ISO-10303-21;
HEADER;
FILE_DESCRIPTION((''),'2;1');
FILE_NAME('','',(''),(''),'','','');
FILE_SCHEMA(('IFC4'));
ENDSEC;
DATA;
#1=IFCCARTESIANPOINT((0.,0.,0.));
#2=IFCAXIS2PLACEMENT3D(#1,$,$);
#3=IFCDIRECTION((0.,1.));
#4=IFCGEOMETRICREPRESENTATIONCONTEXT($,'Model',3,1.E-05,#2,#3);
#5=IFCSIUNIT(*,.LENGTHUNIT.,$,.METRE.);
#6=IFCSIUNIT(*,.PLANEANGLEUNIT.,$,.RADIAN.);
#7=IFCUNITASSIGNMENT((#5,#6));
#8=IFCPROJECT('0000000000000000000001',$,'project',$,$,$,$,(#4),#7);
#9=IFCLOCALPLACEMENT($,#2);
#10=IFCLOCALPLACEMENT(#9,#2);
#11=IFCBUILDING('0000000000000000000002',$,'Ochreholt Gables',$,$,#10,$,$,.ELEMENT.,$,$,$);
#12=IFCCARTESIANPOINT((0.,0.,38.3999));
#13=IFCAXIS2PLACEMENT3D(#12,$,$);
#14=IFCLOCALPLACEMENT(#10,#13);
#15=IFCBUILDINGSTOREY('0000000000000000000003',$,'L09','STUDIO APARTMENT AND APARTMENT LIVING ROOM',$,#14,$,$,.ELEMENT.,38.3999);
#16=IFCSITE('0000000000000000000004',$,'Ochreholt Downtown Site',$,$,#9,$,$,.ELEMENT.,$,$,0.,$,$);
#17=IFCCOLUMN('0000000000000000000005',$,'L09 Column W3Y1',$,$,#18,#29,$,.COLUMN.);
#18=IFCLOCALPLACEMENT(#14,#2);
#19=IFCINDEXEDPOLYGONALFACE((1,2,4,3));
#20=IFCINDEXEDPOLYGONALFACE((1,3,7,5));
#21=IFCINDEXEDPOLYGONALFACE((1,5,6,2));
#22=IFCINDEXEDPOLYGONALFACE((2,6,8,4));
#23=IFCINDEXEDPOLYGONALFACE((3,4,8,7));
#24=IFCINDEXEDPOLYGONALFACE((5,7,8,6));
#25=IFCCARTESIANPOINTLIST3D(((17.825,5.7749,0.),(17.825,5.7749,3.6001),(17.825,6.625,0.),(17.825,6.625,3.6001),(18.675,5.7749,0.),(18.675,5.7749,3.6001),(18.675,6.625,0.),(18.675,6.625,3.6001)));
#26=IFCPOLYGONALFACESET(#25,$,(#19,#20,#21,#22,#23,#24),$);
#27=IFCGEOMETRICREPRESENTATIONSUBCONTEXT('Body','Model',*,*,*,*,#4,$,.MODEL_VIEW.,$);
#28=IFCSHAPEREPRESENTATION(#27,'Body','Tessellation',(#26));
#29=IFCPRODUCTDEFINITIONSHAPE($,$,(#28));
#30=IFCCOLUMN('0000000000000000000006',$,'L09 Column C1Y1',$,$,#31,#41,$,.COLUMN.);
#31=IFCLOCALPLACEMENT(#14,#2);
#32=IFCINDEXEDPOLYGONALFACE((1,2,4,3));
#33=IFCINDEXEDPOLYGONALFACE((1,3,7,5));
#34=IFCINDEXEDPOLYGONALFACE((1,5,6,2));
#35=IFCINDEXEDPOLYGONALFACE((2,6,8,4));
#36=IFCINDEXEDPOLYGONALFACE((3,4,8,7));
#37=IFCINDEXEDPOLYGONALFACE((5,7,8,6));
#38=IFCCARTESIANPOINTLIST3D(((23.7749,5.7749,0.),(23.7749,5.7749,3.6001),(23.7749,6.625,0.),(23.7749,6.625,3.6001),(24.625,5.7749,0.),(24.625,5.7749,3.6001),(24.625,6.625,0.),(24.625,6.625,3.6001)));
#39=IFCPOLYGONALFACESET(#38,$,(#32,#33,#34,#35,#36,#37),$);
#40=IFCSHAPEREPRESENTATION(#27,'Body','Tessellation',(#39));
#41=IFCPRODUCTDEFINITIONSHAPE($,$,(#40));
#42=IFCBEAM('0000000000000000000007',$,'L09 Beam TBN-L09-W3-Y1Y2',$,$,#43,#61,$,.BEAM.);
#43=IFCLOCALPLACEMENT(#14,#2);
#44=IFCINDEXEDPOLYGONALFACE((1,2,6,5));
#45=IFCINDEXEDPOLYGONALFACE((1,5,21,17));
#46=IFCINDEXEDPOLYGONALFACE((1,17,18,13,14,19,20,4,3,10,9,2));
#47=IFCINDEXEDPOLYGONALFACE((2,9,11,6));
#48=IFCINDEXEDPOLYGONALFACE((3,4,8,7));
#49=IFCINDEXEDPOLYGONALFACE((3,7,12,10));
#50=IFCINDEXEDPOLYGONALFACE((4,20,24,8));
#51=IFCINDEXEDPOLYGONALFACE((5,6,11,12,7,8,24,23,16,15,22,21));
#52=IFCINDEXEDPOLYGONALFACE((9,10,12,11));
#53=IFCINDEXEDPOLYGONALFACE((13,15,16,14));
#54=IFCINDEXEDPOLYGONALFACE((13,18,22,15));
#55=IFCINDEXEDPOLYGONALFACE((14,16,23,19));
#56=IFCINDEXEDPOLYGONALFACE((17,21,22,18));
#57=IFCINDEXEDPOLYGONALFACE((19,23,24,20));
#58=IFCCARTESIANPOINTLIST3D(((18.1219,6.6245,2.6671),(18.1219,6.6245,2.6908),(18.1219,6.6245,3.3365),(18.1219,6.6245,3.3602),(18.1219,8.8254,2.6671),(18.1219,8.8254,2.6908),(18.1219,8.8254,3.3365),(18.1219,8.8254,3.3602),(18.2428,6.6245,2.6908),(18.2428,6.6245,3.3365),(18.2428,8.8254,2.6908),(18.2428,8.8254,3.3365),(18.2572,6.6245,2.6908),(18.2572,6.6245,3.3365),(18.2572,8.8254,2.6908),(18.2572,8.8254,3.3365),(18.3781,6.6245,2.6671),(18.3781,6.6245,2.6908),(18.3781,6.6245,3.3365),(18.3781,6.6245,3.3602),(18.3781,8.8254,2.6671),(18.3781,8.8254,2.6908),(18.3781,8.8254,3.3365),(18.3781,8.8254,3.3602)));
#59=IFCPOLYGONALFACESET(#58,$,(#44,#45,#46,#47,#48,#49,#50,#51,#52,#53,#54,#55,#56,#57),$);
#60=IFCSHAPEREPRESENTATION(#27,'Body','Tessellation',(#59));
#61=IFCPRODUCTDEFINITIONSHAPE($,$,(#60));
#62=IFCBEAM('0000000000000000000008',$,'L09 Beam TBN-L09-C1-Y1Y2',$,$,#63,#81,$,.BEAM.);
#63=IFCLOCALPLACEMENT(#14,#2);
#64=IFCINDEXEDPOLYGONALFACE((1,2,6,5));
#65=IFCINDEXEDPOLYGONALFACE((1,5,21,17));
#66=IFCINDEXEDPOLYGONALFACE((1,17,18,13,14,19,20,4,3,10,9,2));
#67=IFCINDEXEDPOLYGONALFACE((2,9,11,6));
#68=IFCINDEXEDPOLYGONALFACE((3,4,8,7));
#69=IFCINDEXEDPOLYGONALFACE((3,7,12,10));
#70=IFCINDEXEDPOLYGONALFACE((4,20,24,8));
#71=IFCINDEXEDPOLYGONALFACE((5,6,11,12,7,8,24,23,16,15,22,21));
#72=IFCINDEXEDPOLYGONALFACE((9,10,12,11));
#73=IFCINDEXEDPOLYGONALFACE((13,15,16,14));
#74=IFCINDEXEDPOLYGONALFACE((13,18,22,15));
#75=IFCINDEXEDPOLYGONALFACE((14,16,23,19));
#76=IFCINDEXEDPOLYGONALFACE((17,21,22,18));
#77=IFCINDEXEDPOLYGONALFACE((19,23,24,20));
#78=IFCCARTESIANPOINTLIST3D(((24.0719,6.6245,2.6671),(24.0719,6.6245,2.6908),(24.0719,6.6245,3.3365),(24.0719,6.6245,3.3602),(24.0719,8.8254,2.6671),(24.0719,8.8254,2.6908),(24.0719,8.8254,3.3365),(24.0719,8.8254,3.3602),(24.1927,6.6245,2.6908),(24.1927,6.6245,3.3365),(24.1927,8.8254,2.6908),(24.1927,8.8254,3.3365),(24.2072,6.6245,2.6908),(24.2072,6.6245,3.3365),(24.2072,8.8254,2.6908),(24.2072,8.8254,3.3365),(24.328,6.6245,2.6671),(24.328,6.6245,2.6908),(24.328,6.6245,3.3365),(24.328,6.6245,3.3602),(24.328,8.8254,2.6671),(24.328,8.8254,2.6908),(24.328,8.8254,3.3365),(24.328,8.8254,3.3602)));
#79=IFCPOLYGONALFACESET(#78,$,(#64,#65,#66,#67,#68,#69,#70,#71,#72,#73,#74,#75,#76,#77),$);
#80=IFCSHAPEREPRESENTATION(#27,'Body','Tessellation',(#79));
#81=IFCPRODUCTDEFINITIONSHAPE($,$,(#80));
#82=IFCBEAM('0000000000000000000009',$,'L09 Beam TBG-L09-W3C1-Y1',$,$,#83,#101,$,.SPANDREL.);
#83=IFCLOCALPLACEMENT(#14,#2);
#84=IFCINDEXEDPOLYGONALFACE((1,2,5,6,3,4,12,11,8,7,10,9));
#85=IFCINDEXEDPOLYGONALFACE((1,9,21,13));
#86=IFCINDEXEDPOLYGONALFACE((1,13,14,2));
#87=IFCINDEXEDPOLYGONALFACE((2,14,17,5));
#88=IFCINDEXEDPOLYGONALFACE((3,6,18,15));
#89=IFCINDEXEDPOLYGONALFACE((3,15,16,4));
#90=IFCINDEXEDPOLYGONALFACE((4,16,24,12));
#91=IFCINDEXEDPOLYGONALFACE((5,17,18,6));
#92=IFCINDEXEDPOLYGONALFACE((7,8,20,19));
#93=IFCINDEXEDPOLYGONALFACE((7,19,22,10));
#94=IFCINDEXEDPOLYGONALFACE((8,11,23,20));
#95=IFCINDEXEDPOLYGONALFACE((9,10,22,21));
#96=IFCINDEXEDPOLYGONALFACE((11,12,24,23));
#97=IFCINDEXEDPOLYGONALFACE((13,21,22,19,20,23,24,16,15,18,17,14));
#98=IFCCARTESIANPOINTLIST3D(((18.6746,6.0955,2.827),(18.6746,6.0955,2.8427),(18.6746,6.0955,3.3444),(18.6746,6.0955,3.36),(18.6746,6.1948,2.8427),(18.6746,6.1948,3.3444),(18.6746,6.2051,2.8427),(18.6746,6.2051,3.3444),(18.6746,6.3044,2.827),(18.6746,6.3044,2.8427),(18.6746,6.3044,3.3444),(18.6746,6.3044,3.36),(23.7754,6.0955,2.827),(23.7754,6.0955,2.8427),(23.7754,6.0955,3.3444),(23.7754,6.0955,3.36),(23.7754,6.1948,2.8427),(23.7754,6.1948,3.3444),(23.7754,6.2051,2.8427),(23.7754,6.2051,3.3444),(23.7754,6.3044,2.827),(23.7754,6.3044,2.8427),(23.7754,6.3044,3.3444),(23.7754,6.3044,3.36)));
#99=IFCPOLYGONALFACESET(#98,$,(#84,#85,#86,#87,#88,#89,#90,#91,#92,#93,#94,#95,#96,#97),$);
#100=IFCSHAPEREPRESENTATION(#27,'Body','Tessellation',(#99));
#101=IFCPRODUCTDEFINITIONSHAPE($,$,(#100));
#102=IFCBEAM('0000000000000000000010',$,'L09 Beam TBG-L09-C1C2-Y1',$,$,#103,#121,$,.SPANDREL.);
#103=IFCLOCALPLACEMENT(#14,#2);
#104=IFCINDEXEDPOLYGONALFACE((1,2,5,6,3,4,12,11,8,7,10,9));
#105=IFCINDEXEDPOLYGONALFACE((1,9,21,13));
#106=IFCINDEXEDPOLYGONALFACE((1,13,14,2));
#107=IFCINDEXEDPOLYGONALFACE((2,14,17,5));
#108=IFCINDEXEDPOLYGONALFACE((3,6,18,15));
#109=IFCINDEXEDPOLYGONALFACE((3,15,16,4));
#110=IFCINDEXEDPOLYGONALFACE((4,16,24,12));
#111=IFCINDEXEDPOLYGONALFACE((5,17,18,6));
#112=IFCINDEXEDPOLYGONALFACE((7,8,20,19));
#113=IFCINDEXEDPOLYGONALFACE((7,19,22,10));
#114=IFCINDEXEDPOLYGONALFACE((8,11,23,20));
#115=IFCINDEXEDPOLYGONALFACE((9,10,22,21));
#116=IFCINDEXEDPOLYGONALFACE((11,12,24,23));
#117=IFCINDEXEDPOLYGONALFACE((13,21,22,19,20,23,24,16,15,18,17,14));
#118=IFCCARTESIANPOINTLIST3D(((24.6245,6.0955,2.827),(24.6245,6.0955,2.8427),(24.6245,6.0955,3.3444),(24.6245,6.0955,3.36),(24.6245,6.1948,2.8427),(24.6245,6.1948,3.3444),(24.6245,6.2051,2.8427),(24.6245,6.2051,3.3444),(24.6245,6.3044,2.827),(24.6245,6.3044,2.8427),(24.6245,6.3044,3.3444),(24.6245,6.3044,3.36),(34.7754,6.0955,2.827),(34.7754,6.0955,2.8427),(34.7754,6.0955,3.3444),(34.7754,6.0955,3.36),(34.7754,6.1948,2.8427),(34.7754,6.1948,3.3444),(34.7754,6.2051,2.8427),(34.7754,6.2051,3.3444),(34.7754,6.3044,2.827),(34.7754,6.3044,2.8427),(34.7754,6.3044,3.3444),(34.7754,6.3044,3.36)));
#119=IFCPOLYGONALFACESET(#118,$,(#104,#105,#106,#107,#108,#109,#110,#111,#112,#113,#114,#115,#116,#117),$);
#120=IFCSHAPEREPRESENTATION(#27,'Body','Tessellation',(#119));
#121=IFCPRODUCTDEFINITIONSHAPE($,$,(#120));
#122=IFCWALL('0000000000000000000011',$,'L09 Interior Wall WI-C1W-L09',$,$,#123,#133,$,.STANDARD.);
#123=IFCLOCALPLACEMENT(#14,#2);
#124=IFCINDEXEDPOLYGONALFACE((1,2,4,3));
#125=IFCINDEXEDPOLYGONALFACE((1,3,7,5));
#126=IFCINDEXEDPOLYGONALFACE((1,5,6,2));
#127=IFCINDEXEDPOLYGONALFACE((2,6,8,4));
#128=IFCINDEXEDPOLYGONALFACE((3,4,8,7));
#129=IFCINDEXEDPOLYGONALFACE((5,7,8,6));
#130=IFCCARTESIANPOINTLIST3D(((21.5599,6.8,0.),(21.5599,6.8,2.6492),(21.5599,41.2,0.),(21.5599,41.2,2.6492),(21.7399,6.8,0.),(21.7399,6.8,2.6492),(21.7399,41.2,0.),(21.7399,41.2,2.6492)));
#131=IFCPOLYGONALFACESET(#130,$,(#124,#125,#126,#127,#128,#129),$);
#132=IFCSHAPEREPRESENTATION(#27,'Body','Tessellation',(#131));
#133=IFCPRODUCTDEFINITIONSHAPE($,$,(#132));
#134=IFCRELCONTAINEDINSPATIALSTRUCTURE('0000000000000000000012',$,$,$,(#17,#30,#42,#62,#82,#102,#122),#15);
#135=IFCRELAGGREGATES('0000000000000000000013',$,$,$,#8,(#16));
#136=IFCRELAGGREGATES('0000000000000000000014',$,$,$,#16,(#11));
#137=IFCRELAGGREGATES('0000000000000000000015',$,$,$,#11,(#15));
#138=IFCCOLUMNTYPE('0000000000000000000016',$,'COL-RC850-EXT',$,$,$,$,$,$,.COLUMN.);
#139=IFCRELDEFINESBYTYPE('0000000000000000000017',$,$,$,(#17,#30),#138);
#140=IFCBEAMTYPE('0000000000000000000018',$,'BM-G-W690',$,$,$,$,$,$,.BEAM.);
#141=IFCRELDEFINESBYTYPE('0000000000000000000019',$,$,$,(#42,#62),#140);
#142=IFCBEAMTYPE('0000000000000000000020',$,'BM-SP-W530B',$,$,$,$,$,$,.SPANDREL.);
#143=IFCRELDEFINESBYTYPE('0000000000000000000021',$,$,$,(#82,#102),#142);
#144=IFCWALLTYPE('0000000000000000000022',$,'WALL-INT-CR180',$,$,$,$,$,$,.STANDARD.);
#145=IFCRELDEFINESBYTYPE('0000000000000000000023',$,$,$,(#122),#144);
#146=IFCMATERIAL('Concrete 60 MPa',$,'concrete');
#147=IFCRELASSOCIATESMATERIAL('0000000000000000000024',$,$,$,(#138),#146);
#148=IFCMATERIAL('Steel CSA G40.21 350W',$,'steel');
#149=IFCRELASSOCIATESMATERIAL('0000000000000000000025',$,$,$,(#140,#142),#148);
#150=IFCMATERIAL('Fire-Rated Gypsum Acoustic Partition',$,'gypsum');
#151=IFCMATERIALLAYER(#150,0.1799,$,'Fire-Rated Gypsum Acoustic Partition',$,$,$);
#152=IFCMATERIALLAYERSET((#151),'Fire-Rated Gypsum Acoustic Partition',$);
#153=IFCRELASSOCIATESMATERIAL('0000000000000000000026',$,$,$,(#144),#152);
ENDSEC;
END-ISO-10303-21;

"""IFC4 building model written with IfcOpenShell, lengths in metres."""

from ifc_helpers import new_model, si_unit, direction, frame, frame_2d, origin, origin_2d, place, context, subcontext, project, spatial, rectangle, i_section, extrude, material, layer, layer_set, material_profile, profile_set, type_object, element, save


model = new_model("IFC4")

# Units and contexts
model_context = context("Model", 3, precision=1e-05, world=origin(), true_north=direction((0.0, 1.0)))
body_context = subcontext(model_context, "Body", "Model", "MODEL_VIEW")
ifc_project = project(units=[si_unit("LENGTHUNIT", "METRE"), si_unit("PLANEANGLEUNIT", "RADIAN")], contexts=[model_context])

# Site, building, storey
site_placement = place(None, origin())
site = spatial("IfcSite", under=ifc_project, at=site_placement, Name="Ochreholt Downtown Site", CompositionType="ELEMENT", RefElevation=0.0)
building_placement = place(site_placement, origin())
building = spatial("IfcBuilding", under=site, at=building_placement, Name="Ochreholt Gables", CompositionType="ELEMENT")
storey_placement = place(building_placement, frame((0.0, 0.0, 38.3999)))
storey = spatial("IfcBuildingStorey", under=building, at=storey_placement, Name="L09", Description="STUDIO APARTMENT AND APARTMENT LIVING ROOM", CompositionType="ELEMENT", Elevation=38.3999)

# Columns
ifc_material_1 = material(Name="Concrete 60 MPa", Category="concrete")
ifc_material_profile_1 = material_profile(ifc_material_1, rectangle(XDim=0.8501, YDim=0.8501, at=origin_2d()), Name="RC850X850")
ifc_profile_set_1 = profile_set([ifc_material_profile_1], Name="Concrete 60 MPa")
column_type = type_object("IfcColumnType", Name="COL-RC850-EXT", PredefinedType="COLUMN", material=ifc_profile_set_1)
for number, where, z_axis, x_axis, name in (
    (1, (18.25, 6.2, 0.0), (0.0, 0.0, 1.0), (1.0, 0.0, 0.0), "L09 Column W3Y1"),
    (2, (24.2, 6.2, 0.0), (0.0, 0.0, 1.0), (1.0, 0.0, 0.0), "L09 Column C1Y1"),
):
    element("IfcColumn", number, at=place(storey_placement, frame(where, z_axis=z_axis, x_axis=x_axis)), inside=storey, type_object=column_type, Name=name, PredefinedType="COLUMN", context=body_context, shape_type="SweptSolid", body=[
        extrude(rectangle(XDim=0.8501, YDim=0.8501, at=origin_2d()), origin(), (0.0, 0.0, 1.0), 3.6001),
    ])

# Beams
ifc_material_2 = material(Name="Steel CSA G40.21 350W", Category="steel")
ifc_material_profile_2 = material_profile(ifc_material_2, i_section(OverallWidth=0.2561, OverallDepth=0.6931, WebThickness=0.0144, FlangeThickness=0.0237, at=origin_2d()), Name="W690X170")
ifc_profile_set_2 = profile_set([ifc_material_profile_2], Name="Steel CSA G40.21 350W")
beam_type_1 = type_object("IfcBeamType", Name="BM-G-W690", PredefinedType="BEAM", material=ifc_profile_set_2)
for number, where, z_axis, x_axis, name in (
    (3, (18.25, 6.6245, 3.0137), (0.0, 1.0, 0.0), (-1.0, 0.0, 0.0), "L09 Beam TBN-L09-W3-Y1Y2"),
    (4, (24.2, 6.6245, 3.0137), (0.0, 1.0, 0.0), (-1.0, 0.0, 0.0), "L09 Beam TBN-L09-C1-Y1Y2"),
):
    element("IfcBeam", number, at=place(storey_placement, frame(where, z_axis=z_axis, x_axis=x_axis)), inside=storey, type_object=beam_type_1, Name=name, PredefinedType="BEAM", context=body_context, shape_type="SweptSolid", body=[
        extrude(i_section(OverallWidth=0.2561, OverallDepth=0.6931, WebThickness=0.0144, FlangeThickness=0.0237, at=origin_2d()), origin(), (0.0, 0.0, 1.0), 2.2009),
    ])
ifc_material_profile_3 = material_profile(ifc_material_2, i_section(OverallWidth=0.209, OverallDepth=0.533, WebThickness=0.0103, FlangeThickness=0.0156, at=origin_2d()), Name="W530X92")
ifc_profile_set_3 = profile_set([ifc_material_profile_3], Name="Steel CSA G40.21 350W")
beam_type_2 = type_object("IfcBeamType", Name="BM-SP-W530B", PredefinedType="SPANDREL", material=ifc_profile_set_3)
beam_1_placement = place(storey_placement, frame((18.6746, 6.2, 3.0935), z_axis=(1.0, 0.0, 0.0), x_axis=(0.0, 1.0, 0.0)))
element("IfcBeam", 5, at=beam_1_placement, inside=storey, type_object=beam_type_2, Name="L09 Beam TBG-L09-W3C1-Y1", PredefinedType="SPANDREL", context=body_context, shape_type="SweptSolid", body=[
    extrude(i_section(OverallWidth=0.209, OverallDepth=0.533, WebThickness=0.0103, FlangeThickness=0.0156, at=origin_2d()), origin(), (0.0, 0.0, 1.0), 5.1008),
])
beam_2_placement = place(storey_placement, frame((24.6245, 6.2, 3.0935), z_axis=(1.0, 0.0, 0.0), x_axis=(0.0, 1.0, 0.0)))
element("IfcBeam", 6, at=beam_2_placement, inside=storey, type_object=beam_type_2, Name="L09 Beam TBG-L09-C1C2-Y1", PredefinedType="SPANDREL", context=body_context, shape_type="SweptSolid", body=[
    extrude(i_section(OverallWidth=0.209, OverallDepth=0.533, WebThickness=0.0103, FlangeThickness=0.0156, at=origin_2d()), origin(), (0.0, 0.0, 1.0), 10.1509),
])

# Wall
ifc_material_3 = material(Name="Fire-Rated Gypsum Acoustic Partition", Category="gypsum")
ifc_layer_1 = layer(ifc_material_3, 0.1799, Name="Fire-Rated Gypsum Acoustic Partition")
ifc_layer_set_1 = layer_set([ifc_layer_1], Name="Fire-Rated Gypsum Acoustic Partition")
wall_type_1 = type_object("IfcWallType", Name="WALL-INT-CR180", PredefinedType="STANDARD", material=ifc_layer_set_1)
wall_1_placement = place(storey_placement, frame((21.6499, 6.8, 0.0), z_axis=(0.0, 0.0, 1.0), x_axis=(0.0, 1.0, 0.0)))
element("IfcWall", 7, at=wall_1_placement, inside=storey, type_object=wall_type_1, Name="L09 Interior Wall WI-C1W-L09", PredefinedType="STANDARD", context=body_context, shape_type="SweptSolid", body=[
    extrude(rectangle(XDim=34.3999, YDim=0.1799, at=frame_2d((17.2, 0.0))), origin(), (0.0, 0.0, 1.0), 2.6492),
])

save(model, "model.ifc")
